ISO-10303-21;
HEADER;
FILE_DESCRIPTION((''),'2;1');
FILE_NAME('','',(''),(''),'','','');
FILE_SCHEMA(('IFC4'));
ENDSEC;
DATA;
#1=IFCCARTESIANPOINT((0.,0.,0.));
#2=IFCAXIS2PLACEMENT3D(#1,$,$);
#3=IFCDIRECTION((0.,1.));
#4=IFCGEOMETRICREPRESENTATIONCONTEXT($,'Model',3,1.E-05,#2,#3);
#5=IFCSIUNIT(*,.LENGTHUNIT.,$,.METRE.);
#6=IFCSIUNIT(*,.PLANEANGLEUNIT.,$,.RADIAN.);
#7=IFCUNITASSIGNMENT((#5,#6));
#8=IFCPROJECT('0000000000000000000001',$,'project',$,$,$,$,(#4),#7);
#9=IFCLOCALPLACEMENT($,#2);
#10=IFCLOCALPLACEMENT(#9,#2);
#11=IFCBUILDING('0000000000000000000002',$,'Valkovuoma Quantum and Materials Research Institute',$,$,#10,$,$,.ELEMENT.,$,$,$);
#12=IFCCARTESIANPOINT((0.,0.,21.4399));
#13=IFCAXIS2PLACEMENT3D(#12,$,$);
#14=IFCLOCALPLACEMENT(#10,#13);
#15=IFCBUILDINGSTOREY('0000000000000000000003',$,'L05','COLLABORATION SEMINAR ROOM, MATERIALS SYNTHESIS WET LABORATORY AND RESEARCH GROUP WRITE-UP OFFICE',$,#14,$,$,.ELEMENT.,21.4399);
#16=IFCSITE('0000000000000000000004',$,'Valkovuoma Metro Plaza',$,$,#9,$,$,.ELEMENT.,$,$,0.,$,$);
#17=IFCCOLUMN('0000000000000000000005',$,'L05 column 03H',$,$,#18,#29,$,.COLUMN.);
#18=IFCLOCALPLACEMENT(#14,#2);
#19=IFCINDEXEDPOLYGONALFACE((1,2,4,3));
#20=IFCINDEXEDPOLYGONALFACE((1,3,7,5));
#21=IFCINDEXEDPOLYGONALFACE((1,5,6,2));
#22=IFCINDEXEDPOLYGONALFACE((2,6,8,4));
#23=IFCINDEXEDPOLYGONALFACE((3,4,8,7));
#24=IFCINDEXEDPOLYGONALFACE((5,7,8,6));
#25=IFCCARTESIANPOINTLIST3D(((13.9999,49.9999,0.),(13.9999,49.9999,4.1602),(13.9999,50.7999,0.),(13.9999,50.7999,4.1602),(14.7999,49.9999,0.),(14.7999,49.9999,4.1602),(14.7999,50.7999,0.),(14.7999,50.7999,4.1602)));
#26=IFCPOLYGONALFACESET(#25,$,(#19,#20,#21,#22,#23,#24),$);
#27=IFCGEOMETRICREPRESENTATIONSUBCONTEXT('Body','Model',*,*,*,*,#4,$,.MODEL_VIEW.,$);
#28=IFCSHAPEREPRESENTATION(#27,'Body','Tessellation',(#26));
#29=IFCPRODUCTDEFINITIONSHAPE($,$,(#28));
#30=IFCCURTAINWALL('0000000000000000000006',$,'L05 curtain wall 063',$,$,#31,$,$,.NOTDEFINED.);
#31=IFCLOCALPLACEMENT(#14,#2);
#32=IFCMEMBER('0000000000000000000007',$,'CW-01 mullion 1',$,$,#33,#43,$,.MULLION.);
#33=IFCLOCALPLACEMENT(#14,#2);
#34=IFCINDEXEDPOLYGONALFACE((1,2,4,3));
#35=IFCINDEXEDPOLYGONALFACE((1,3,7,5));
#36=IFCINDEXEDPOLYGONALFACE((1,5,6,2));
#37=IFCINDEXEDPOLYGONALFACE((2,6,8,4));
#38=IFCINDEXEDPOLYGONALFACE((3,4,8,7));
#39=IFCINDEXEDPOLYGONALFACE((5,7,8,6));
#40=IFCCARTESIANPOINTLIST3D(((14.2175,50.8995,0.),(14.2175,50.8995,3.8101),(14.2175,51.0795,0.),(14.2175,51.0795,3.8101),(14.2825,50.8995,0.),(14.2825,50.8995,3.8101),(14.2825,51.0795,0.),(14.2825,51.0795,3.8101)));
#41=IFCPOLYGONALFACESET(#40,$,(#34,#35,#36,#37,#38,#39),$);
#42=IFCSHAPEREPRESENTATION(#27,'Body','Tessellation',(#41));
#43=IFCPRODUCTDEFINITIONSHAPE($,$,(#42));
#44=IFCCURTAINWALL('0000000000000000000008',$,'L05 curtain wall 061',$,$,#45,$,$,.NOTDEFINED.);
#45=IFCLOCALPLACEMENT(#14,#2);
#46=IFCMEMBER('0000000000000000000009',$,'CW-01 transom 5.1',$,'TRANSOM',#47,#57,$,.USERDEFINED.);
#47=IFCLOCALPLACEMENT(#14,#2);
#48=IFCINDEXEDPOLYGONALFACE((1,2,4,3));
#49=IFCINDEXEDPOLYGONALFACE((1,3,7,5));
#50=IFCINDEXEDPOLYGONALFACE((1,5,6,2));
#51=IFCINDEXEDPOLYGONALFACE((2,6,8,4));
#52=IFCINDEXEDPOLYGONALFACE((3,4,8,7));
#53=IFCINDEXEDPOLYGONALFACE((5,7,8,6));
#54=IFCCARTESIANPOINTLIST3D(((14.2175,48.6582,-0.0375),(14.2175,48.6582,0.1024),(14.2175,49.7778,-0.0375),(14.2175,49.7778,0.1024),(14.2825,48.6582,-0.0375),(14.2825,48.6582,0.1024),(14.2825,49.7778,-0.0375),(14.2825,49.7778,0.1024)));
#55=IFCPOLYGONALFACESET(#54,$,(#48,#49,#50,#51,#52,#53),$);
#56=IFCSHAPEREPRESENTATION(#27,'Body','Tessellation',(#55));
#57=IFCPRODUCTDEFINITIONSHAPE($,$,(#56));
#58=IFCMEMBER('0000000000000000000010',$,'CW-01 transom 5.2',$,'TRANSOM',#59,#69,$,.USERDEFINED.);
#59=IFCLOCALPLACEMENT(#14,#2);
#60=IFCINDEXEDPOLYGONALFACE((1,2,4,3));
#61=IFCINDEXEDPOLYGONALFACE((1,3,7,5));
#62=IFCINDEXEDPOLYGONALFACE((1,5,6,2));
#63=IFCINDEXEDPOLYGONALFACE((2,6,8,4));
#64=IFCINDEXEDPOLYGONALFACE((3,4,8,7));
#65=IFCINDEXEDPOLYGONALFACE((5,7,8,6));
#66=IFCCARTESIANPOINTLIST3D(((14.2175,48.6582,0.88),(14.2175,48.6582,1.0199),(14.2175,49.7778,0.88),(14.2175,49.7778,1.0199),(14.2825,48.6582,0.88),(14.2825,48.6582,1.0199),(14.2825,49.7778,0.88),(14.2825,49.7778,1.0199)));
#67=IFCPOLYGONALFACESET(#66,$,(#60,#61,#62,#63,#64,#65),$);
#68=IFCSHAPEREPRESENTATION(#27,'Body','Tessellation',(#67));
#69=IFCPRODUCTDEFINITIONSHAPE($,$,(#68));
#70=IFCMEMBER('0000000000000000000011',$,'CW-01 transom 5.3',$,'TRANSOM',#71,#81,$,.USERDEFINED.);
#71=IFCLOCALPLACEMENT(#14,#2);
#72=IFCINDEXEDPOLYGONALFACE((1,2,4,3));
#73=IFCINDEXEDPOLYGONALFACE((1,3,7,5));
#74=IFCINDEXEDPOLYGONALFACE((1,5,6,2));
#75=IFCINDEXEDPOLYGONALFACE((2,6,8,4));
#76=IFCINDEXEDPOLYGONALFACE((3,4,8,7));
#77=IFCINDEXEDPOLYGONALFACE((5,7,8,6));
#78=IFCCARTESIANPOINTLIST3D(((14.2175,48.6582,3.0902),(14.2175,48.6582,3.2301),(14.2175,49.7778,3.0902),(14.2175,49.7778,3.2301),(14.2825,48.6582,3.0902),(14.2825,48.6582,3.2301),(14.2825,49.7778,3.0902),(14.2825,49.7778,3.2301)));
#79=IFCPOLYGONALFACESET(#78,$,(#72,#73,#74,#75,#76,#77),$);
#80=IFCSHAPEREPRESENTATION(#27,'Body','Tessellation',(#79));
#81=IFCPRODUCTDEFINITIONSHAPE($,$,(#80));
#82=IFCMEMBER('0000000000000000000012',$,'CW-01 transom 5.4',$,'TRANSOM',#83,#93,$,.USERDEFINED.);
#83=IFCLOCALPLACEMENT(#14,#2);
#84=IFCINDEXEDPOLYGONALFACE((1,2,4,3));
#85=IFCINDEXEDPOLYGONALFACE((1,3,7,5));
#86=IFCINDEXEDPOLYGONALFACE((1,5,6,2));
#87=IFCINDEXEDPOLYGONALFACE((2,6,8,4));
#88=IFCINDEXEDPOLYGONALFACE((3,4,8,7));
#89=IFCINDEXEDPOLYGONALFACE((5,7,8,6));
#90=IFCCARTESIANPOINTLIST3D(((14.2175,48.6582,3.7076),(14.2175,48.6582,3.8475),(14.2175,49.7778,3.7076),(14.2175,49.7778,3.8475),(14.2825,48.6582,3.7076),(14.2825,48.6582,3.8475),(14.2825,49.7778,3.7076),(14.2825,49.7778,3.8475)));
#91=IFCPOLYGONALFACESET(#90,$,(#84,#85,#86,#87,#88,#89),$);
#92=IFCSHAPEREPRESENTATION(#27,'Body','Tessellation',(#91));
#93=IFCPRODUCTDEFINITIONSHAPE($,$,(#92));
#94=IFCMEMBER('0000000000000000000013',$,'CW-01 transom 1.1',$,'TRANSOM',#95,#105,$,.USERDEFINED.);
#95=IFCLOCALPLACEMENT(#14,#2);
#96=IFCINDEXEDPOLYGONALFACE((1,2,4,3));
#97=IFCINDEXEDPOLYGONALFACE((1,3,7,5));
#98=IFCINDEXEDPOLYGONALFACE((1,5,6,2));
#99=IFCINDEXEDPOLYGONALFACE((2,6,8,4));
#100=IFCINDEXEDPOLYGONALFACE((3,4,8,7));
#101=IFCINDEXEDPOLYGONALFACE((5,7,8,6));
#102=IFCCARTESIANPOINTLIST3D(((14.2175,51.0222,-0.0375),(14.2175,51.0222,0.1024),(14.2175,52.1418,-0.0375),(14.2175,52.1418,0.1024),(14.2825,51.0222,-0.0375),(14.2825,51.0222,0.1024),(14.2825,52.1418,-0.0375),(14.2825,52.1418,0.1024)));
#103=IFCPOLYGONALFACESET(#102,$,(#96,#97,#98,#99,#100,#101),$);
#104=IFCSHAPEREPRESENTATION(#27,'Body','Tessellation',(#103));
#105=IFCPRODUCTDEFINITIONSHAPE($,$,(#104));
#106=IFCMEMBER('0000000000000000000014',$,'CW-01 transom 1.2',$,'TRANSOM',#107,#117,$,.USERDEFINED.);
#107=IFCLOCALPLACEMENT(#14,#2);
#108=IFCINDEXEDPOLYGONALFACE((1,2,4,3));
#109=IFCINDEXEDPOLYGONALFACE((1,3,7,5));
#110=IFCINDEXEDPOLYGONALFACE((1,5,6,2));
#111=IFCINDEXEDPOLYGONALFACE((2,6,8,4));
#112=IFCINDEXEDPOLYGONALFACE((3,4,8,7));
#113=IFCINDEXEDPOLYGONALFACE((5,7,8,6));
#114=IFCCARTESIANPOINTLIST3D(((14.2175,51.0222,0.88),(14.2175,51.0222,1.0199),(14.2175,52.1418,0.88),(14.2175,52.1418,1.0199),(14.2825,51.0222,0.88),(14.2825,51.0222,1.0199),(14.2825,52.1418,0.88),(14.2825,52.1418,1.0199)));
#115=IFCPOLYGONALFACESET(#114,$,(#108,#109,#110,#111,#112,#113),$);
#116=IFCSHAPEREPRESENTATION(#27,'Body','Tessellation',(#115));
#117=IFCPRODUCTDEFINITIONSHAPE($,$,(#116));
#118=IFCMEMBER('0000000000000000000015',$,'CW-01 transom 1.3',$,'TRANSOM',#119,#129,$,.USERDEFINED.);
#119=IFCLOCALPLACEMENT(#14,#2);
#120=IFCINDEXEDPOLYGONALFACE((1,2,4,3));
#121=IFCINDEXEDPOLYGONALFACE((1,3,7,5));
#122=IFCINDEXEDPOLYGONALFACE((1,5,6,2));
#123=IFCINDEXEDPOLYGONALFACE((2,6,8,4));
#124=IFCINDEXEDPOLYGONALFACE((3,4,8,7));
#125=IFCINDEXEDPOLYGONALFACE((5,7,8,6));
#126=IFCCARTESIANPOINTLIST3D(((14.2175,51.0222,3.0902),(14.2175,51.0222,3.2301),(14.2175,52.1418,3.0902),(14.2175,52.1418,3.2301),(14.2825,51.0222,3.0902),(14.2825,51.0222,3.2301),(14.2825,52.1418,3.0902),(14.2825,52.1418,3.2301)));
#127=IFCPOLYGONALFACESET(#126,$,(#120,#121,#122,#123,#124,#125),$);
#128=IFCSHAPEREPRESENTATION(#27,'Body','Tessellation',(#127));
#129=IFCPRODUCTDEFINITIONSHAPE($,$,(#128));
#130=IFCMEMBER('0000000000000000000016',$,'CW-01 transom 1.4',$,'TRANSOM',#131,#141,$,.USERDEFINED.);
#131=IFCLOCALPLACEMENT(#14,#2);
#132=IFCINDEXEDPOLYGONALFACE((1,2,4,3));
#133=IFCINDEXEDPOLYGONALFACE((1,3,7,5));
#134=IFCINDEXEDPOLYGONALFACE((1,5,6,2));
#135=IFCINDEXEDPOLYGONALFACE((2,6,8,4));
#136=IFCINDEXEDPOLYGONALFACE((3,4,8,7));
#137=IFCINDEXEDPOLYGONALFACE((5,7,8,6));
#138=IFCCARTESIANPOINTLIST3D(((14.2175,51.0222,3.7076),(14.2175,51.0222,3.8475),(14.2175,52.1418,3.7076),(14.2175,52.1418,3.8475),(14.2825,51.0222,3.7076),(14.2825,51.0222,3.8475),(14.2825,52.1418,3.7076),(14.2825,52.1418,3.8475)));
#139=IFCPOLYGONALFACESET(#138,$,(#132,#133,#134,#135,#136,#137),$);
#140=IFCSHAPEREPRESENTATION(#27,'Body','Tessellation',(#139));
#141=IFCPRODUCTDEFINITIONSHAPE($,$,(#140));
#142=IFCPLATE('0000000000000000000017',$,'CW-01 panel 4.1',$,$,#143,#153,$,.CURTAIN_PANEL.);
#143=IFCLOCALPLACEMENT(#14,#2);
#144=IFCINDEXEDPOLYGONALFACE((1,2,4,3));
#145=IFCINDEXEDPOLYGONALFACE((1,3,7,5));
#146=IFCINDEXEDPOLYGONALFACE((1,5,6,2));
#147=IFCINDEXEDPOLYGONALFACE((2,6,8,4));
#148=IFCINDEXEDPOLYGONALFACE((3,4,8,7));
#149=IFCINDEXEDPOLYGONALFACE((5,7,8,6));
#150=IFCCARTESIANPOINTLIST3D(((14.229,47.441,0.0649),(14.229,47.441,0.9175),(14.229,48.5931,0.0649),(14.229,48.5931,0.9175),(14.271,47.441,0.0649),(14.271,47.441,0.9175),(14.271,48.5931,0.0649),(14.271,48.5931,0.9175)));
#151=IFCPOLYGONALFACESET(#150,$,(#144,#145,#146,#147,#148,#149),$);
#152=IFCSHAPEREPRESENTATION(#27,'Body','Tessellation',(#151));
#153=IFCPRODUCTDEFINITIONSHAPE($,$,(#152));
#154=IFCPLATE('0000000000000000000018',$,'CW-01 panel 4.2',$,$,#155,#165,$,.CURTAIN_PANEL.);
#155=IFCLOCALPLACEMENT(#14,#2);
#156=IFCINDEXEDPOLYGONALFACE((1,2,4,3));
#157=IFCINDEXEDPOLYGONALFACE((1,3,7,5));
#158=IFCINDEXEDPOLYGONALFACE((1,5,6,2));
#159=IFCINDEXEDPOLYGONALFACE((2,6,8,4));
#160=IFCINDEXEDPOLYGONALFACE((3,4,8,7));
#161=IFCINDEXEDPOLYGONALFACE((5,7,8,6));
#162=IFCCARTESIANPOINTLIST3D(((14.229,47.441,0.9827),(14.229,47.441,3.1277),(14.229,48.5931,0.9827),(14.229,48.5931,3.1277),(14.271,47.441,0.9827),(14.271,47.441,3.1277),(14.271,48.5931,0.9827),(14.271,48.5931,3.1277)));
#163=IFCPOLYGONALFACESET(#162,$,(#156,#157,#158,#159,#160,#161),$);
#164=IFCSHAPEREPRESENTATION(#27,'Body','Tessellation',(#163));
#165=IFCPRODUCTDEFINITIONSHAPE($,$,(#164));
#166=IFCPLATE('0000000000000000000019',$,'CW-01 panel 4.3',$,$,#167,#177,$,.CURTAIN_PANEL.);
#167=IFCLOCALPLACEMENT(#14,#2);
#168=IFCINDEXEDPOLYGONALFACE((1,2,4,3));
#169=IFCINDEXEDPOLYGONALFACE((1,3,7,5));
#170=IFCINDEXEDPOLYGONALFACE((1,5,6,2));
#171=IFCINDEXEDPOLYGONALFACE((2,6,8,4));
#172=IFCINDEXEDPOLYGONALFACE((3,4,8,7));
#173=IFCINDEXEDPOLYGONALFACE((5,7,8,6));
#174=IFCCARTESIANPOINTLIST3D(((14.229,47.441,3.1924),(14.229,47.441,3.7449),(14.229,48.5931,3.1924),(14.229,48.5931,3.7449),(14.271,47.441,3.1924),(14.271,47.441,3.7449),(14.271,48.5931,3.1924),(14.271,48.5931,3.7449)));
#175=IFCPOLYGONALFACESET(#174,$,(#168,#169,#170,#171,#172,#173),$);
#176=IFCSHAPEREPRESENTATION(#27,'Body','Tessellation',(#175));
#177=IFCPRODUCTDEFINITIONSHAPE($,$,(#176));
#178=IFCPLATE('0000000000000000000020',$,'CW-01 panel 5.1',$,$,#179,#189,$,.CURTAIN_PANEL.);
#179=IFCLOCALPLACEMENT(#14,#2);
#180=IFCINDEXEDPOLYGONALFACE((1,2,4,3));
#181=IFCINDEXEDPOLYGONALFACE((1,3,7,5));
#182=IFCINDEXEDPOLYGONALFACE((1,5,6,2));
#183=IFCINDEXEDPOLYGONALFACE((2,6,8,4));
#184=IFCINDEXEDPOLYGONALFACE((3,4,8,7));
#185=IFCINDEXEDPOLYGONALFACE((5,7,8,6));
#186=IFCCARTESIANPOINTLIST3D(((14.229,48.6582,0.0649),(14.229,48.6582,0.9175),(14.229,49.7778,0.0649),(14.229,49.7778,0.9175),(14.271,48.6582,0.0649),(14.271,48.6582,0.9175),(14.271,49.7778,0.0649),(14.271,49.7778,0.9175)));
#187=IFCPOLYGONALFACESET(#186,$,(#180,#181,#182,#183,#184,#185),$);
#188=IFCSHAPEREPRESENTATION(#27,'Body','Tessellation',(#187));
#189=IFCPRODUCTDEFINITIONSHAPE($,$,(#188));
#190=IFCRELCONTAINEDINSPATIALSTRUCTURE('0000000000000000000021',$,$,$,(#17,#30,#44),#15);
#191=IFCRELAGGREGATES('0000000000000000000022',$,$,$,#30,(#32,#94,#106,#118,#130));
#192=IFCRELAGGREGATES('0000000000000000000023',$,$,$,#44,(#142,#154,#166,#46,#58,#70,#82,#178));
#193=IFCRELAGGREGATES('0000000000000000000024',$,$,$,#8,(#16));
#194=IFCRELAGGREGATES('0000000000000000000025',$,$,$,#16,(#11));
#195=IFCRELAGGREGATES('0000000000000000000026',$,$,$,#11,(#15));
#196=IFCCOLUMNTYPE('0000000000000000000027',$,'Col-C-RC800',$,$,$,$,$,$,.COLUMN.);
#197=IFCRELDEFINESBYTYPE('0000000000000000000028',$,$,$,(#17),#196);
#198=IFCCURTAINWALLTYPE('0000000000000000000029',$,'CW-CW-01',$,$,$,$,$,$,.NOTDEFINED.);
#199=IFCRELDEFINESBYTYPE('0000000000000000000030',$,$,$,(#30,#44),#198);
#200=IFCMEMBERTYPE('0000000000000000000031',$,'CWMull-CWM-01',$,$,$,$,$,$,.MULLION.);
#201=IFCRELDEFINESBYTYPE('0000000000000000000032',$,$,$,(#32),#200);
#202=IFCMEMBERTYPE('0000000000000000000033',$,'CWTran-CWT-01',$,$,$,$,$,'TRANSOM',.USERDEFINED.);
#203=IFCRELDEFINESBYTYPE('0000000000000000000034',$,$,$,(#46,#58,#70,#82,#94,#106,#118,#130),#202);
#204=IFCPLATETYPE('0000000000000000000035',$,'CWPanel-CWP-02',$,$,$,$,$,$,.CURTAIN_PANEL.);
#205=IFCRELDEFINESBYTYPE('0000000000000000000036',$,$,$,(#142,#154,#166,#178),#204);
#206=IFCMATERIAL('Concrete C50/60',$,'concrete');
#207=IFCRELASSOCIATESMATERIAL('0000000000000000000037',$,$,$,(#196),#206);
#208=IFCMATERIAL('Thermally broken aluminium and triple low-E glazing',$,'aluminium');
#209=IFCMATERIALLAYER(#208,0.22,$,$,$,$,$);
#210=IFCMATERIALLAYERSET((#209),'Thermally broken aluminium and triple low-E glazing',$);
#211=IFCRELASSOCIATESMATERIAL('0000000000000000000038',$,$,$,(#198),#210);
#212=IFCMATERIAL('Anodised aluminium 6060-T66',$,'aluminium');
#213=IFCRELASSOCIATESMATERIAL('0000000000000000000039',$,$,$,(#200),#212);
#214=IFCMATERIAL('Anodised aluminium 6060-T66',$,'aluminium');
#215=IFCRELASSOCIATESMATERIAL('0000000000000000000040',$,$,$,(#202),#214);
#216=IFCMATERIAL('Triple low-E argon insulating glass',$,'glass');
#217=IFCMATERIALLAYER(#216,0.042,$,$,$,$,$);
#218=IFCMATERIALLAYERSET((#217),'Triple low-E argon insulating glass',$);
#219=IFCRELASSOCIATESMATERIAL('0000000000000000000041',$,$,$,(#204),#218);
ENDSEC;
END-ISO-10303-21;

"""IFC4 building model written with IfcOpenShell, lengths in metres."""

from ifc_helpers import new_model, si_unit, direction, frame, origin, origin_2d, place, context, subcontext, project, spatial, rectangle, extrude, material, layer, layer_set, material_profile, profile_set, type_object, element, aggregate, save


model = new_model("IFC4")

# Units and contexts
model_context = context("Model", 3, precision=1e-05, world=origin(), true_north=direction((0.0, 1.0)))
body_context = subcontext(model_context, "Body", "Model", "MODEL_VIEW")
ifc_project = project(units=[si_unit("LENGTHUNIT", "METRE"), si_unit("PLANEANGLEUNIT", "RADIAN")], contexts=[model_context])

# Site, building, storey
site_placement = place(None, origin())
site = spatial("IfcSite", under=ifc_project, at=site_placement, Name="Valkovuoma Metro Plaza", CompositionType="ELEMENT", RefElevation=0.0)
building_placement = place(site_placement, origin())
building = spatial("IfcBuilding", under=site, at=building_placement, Name="Valkovuoma Quantum and Materials Research Institute", CompositionType="ELEMENT")
storey_placement = place(building_placement, frame((0.0, 0.0, 21.4399)))
storey = spatial("IfcBuildingStorey", under=building, at=storey_placement, Name="L05", Description="COLLABORATION SEMINAR ROOM, MATERIALS SYNTHESIS WET LABORATORY AND RESEARCH GROUP WRITE-UP OFFICE", CompositionType="ELEMENT", Elevation=21.4399)

# Column
ifc_material_1 = material(Name="Concrete C50/60", Category="concrete")
ifc_material_profile_1 = material_profile(ifc_material_1, rectangle(XDim=0.8, YDim=0.8, at=origin_2d()), Name="Concrete C50/60")
ifc_profile_set_1 = profile_set([ifc_material_profile_1], Name="Concrete C50/60")
column_type = type_object("IfcColumnType", Name="Col-C-RC800", PredefinedType="COLUMN", material=ifc_profile_set_1)
column_placement = place(storey_placement, frame((14.3999, 50.3999, 0.0), z_axis=(0.0, 0.0, 1.0), x_axis=(1.0, 0.0, 0.0)))
element("IfcColumn", 1, at=column_placement, inside=storey, type_object=column_type, Name="L05 column 03H", PredefinedType="COLUMN", context=body_context, shape_type="SweptSolid", body=[
    extrude(rectangle(XDim=0.8, YDim=0.8, at=origin_2d()), origin(), (0.0, 0.0, 1.0), 4.1602),
])

# Curtain wall, member
ifc_material_2 = material(Name="Thermally broken aluminium and triple low-E glazing", Category="aluminium")
ifc_layer_1 = layer(ifc_material_2, 0.22)
ifc_layer_set_1 = layer_set([ifc_layer_1], Name="Thermally broken aluminium and triple low-E glazing")
curtain_wall_type = type_object("IfcCurtainWallType", Name="CW-CW-01", PredefinedType="NOTDEFINED", material=ifc_layer_set_1)
curtain_wall_1_placement = place(storey_placement, origin())
curtain_wall_1 = element("IfcCurtainWall", 2, at=curtain_wall_1_placement, inside=storey, type_object=curtain_wall_type, Name="L05 curtain wall 063", PredefinedType="NOTDEFINED")
ifc_material_3 = material(Name="Anodised aluminium 6060-T66", Category="aluminium")
ifc_material_profile_2 = material_profile(ifc_material_3, rectangle(XDim=0.0649, YDim=0.1799, at=origin_2d()), Name="Anodised aluminium 6060-T66")
ifc_profile_set_2 = profile_set([ifc_material_profile_2], Name="Anodised aluminium 6060-T66")
member_type_1 = type_object("IfcMemberType", Name="CWMull-CWM-01", PredefinedType="MULLION", material=ifc_profile_set_2)
member_1_placement = place(storey_placement, frame((14.25, 50.9895, 0.0), z_axis=(0.0, 0.0, 1.0), x_axis=(-1.0, 0.0, 0.0)))
member_1 = element("IfcMember", 3, at=member_1_placement, type_object=member_type_1, Name="CW-01 mullion 1", PredefinedType="MULLION", context=body_context, shape_type="SweptSolid", body=[
    extrude(rectangle(XDim=0.0649, YDim=0.1799, at=origin_2d()), origin(), (0.0, 0.0, 1.0), 3.8101),
])

# Curtain wall, members
curtain_wall_2_placement = place(storey_placement, origin())
curtain_wall_2 = element("IfcCurtainWall", 4, at=curtain_wall_2_placement, inside=storey, type_object=curtain_wall_type, Name="L05 curtain wall 061", PredefinedType="NOTDEFINED")
ifc_material_4 = material(Name="Anodised aluminium 6060-T66", Category="aluminium")
ifc_material_profile_3 = material_profile(ifc_material_4, rectangle(XDim=0.0649, YDim=0.1399, at=origin_2d()), Name="Anodised aluminium 6060-T66")
ifc_profile_set_3 = profile_set([ifc_material_profile_3], Name="Anodised aluminium 6060-T66")
member_type_2 = type_object("IfcMemberType", Name="CWTran-CWT-01", ElementType="TRANSOM", PredefinedType="USERDEFINED", material=ifc_profile_set_3)
member_2_placement = place(storey_placement, frame((14.25, 48.6582, 0.0325), z_axis=(0.0, 1.0, 0.0), x_axis=(-1.0, 0.0, 0.0)))
member_2 = element("IfcMember", 5, at=member_2_placement, type_object=member_type_2, Name="CW-01 transom 5.1", ObjectType="TRANSOM", PredefinedType="USERDEFINED", context=body_context, shape_type="SweptSolid", body=[
    extrude(rectangle(XDim=0.0649, YDim=0.1399, at=origin_2d()), origin(), (0.0, 0.0, 1.0), 1.1196),
])
member_3_placement = place(storey_placement, frame((14.25, 48.6582, 0.95), z_axis=(0.0, 1.0, 0.0), x_axis=(-1.0, 0.0, 0.0)))
member_3 = element("IfcMember", 6, at=member_3_placement, type_object=member_type_2, Name="CW-01 transom 5.2", ObjectType="TRANSOM", PredefinedType="USERDEFINED", context=body_context, shape_type="SweptSolid", body=[
    extrude(rectangle(XDim=0.0649, YDim=0.1399, at=origin_2d()), origin(), (0.0, 0.0, 1.0), 1.1196),
])
member_4_placement = place(storey_placement, frame((14.25, 48.6582, 3.1602), z_axis=(0.0, 1.0, 0.0), x_axis=(-1.0, 0.0, 0.0)))
member_4 = element("IfcMember", 7, at=member_4_placement, type_object=member_type_2, Name="CW-01 transom 5.3", ObjectType="TRANSOM", PredefinedType="USERDEFINED", context=body_context, shape_type="SweptSolid", body=[
    extrude(rectangle(XDim=0.0649, YDim=0.1399, at=origin_2d()), origin(), (0.0, 0.0, 1.0), 1.1196),
])
member_5_placement = place(storey_placement, frame((14.25, 48.6582, 3.7776), z_axis=(0.0, 1.0, 0.0), x_axis=(-1.0, 0.0, 0.0)))
member_5 = element("IfcMember", 8, at=member_5_placement, type_object=member_type_2, Name="CW-01 transom 5.4", ObjectType="TRANSOM", PredefinedType="USERDEFINED", context=body_context, shape_type="SweptSolid", body=[
    extrude(rectangle(XDim=0.0649, YDim=0.1399, at=origin_2d()), origin(), (0.0, 0.0, 1.0), 1.1196),
])

# Members
member_6_placement = place(storey_placement, frame((14.25, 51.0222, 0.0325), z_axis=(0.0, 1.0, 0.0), x_axis=(-1.0, 0.0, 0.0)))
member_6 = element("IfcMember", 9, at=member_6_placement, type_object=member_type_2, Name="CW-01 transom 1.1", ObjectType="TRANSOM", PredefinedType="USERDEFINED", context=body_context, shape_type="SweptSolid", body=[
    extrude(rectangle(XDim=0.0649, YDim=0.1399, at=origin_2d()), origin(), (0.0, 0.0, 1.0), 1.1196),
])
member_7_placement = place(storey_placement, frame((14.25, 51.0222, 0.95), z_axis=(0.0, 1.0, 0.0), x_axis=(-1.0, 0.0, 0.0)))
member_7 = element("IfcMember", 10, at=member_7_placement, type_object=member_type_2, Name="CW-01 transom 1.2", ObjectType="TRANSOM", PredefinedType="USERDEFINED", context=body_context, shape_type="SweptSolid", body=[
    extrude(rectangle(XDim=0.0649, YDim=0.1399, at=origin_2d()), origin(), (0.0, 0.0, 1.0), 1.1196),
])
member_8_placement = place(storey_placement, frame((14.25, 51.0222, 3.1602), z_axis=(0.0, 1.0, 0.0), x_axis=(-1.0, 0.0, 0.0)))
member_8 = element("IfcMember", 11, at=member_8_placement, type_object=member_type_2, Name="CW-01 transom 1.3", ObjectType="TRANSOM", PredefinedType="USERDEFINED", context=body_context, shape_type="SweptSolid", body=[
    extrude(rectangle(XDim=0.0649, YDim=0.1399, at=origin_2d()), origin(), (0.0, 0.0, 1.0), 1.1196),
])
member_9_placement = place(storey_placement, frame((14.25, 51.0222, 3.7776), z_axis=(0.0, 1.0, 0.0), x_axis=(-1.0, 0.0, 0.0)))
member_9 = element("IfcMember", 12, at=member_9_placement, type_object=member_type_2, Name="CW-01 transom 1.4", ObjectType="TRANSOM", PredefinedType="USERDEFINED", context=body_context, shape_type="SweptSolid", body=[
    extrude(rectangle(XDim=0.0649, YDim=0.1399, at=origin_2d()), origin(), (0.0, 0.0, 1.0), 1.1196),
])
aggregate(curtain_wall_1, [member_1, member_6, member_7, member_8, member_9])

# Plates
ifc_material_5 = material(Name="Triple low-E argon insulating glass", Category="glass")
ifc_layer_2 = layer(ifc_material_5, 0.042)
ifc_layer_set_2 = layer_set([ifc_layer_2], Name="Triple low-E argon insulating glass")
plate_type = type_object("IfcPlateType", Name="CWPanel-CWP-02", PredefinedType="CURTAIN_PANEL", material=ifc_layer_set_2)
plate_1_placement = place(storey_placement, frame((14.25, 48.0171, 0.0649), z_axis=(0.0, 0.0, 1.0), x_axis=(0.0, 1.0, 0.0)))
plate_1 = element("IfcPlate", 13, at=plate_1_placement, type_object=plate_type, Name="CW-01 panel 4.1", PredefinedType="CURTAIN_PANEL", context=body_context, shape_type="SweptSolid", body=[
    extrude(rectangle(XDim=1.1521, YDim=0.042, at=origin_2d()), origin(), (0.0, 0.0, 1.0), 0.8525),
])
plate_2_placement = place(storey_placement, frame((14.25, 48.0171, 0.9827), z_axis=(0.0, 0.0, 1.0), x_axis=(0.0, 1.0, 0.0)))
plate_2 = element("IfcPlate", 14, at=plate_2_placement, type_object=plate_type, Name="CW-01 panel 4.2", PredefinedType="CURTAIN_PANEL", context=body_context, shape_type="SweptSolid", body=[
    extrude(rectangle(XDim=1.1521, YDim=0.042, at=origin_2d()), origin(), (0.0, 0.0, 1.0), 2.145),
])
plate_3_placement = place(storey_placement, frame((14.25, 48.0171, 3.1924), z_axis=(0.0, 0.0, 1.0), x_axis=(0.0, 1.0, 0.0)))
plate_3 = element("IfcPlate", 15, at=plate_3_placement, type_object=plate_type, Name="CW-01 panel 4.3", PredefinedType="CURTAIN_PANEL", context=body_context, shape_type="SweptSolid", body=[
    extrude(rectangle(XDim=1.1521, YDim=0.042, at=origin_2d()), origin(), (0.0, 0.0, 1.0), 0.5525),
])
plate_4_placement = place(storey_placement, frame((14.25, 49.218, 0.0649), z_axis=(0.0, 0.0, 1.0), x_axis=(0.0, 1.0, 0.0)))
plate_4 = element("IfcPlate", 16, at=plate_4_placement, type_object=plate_type, Name="CW-01 panel 5.1", PredefinedType="CURTAIN_PANEL", context=body_context, shape_type="SweptSolid", body=[
    extrude(rectangle(XDim=1.1196, YDim=0.042, at=origin_2d()), origin(), (0.0, 0.0, 1.0), 0.8525),
])
aggregate(curtain_wall_2, [plate_1, plate_2, plate_3, member_2, member_3, member_4, member_5, plate_4])

save(model, "model.ifc")
